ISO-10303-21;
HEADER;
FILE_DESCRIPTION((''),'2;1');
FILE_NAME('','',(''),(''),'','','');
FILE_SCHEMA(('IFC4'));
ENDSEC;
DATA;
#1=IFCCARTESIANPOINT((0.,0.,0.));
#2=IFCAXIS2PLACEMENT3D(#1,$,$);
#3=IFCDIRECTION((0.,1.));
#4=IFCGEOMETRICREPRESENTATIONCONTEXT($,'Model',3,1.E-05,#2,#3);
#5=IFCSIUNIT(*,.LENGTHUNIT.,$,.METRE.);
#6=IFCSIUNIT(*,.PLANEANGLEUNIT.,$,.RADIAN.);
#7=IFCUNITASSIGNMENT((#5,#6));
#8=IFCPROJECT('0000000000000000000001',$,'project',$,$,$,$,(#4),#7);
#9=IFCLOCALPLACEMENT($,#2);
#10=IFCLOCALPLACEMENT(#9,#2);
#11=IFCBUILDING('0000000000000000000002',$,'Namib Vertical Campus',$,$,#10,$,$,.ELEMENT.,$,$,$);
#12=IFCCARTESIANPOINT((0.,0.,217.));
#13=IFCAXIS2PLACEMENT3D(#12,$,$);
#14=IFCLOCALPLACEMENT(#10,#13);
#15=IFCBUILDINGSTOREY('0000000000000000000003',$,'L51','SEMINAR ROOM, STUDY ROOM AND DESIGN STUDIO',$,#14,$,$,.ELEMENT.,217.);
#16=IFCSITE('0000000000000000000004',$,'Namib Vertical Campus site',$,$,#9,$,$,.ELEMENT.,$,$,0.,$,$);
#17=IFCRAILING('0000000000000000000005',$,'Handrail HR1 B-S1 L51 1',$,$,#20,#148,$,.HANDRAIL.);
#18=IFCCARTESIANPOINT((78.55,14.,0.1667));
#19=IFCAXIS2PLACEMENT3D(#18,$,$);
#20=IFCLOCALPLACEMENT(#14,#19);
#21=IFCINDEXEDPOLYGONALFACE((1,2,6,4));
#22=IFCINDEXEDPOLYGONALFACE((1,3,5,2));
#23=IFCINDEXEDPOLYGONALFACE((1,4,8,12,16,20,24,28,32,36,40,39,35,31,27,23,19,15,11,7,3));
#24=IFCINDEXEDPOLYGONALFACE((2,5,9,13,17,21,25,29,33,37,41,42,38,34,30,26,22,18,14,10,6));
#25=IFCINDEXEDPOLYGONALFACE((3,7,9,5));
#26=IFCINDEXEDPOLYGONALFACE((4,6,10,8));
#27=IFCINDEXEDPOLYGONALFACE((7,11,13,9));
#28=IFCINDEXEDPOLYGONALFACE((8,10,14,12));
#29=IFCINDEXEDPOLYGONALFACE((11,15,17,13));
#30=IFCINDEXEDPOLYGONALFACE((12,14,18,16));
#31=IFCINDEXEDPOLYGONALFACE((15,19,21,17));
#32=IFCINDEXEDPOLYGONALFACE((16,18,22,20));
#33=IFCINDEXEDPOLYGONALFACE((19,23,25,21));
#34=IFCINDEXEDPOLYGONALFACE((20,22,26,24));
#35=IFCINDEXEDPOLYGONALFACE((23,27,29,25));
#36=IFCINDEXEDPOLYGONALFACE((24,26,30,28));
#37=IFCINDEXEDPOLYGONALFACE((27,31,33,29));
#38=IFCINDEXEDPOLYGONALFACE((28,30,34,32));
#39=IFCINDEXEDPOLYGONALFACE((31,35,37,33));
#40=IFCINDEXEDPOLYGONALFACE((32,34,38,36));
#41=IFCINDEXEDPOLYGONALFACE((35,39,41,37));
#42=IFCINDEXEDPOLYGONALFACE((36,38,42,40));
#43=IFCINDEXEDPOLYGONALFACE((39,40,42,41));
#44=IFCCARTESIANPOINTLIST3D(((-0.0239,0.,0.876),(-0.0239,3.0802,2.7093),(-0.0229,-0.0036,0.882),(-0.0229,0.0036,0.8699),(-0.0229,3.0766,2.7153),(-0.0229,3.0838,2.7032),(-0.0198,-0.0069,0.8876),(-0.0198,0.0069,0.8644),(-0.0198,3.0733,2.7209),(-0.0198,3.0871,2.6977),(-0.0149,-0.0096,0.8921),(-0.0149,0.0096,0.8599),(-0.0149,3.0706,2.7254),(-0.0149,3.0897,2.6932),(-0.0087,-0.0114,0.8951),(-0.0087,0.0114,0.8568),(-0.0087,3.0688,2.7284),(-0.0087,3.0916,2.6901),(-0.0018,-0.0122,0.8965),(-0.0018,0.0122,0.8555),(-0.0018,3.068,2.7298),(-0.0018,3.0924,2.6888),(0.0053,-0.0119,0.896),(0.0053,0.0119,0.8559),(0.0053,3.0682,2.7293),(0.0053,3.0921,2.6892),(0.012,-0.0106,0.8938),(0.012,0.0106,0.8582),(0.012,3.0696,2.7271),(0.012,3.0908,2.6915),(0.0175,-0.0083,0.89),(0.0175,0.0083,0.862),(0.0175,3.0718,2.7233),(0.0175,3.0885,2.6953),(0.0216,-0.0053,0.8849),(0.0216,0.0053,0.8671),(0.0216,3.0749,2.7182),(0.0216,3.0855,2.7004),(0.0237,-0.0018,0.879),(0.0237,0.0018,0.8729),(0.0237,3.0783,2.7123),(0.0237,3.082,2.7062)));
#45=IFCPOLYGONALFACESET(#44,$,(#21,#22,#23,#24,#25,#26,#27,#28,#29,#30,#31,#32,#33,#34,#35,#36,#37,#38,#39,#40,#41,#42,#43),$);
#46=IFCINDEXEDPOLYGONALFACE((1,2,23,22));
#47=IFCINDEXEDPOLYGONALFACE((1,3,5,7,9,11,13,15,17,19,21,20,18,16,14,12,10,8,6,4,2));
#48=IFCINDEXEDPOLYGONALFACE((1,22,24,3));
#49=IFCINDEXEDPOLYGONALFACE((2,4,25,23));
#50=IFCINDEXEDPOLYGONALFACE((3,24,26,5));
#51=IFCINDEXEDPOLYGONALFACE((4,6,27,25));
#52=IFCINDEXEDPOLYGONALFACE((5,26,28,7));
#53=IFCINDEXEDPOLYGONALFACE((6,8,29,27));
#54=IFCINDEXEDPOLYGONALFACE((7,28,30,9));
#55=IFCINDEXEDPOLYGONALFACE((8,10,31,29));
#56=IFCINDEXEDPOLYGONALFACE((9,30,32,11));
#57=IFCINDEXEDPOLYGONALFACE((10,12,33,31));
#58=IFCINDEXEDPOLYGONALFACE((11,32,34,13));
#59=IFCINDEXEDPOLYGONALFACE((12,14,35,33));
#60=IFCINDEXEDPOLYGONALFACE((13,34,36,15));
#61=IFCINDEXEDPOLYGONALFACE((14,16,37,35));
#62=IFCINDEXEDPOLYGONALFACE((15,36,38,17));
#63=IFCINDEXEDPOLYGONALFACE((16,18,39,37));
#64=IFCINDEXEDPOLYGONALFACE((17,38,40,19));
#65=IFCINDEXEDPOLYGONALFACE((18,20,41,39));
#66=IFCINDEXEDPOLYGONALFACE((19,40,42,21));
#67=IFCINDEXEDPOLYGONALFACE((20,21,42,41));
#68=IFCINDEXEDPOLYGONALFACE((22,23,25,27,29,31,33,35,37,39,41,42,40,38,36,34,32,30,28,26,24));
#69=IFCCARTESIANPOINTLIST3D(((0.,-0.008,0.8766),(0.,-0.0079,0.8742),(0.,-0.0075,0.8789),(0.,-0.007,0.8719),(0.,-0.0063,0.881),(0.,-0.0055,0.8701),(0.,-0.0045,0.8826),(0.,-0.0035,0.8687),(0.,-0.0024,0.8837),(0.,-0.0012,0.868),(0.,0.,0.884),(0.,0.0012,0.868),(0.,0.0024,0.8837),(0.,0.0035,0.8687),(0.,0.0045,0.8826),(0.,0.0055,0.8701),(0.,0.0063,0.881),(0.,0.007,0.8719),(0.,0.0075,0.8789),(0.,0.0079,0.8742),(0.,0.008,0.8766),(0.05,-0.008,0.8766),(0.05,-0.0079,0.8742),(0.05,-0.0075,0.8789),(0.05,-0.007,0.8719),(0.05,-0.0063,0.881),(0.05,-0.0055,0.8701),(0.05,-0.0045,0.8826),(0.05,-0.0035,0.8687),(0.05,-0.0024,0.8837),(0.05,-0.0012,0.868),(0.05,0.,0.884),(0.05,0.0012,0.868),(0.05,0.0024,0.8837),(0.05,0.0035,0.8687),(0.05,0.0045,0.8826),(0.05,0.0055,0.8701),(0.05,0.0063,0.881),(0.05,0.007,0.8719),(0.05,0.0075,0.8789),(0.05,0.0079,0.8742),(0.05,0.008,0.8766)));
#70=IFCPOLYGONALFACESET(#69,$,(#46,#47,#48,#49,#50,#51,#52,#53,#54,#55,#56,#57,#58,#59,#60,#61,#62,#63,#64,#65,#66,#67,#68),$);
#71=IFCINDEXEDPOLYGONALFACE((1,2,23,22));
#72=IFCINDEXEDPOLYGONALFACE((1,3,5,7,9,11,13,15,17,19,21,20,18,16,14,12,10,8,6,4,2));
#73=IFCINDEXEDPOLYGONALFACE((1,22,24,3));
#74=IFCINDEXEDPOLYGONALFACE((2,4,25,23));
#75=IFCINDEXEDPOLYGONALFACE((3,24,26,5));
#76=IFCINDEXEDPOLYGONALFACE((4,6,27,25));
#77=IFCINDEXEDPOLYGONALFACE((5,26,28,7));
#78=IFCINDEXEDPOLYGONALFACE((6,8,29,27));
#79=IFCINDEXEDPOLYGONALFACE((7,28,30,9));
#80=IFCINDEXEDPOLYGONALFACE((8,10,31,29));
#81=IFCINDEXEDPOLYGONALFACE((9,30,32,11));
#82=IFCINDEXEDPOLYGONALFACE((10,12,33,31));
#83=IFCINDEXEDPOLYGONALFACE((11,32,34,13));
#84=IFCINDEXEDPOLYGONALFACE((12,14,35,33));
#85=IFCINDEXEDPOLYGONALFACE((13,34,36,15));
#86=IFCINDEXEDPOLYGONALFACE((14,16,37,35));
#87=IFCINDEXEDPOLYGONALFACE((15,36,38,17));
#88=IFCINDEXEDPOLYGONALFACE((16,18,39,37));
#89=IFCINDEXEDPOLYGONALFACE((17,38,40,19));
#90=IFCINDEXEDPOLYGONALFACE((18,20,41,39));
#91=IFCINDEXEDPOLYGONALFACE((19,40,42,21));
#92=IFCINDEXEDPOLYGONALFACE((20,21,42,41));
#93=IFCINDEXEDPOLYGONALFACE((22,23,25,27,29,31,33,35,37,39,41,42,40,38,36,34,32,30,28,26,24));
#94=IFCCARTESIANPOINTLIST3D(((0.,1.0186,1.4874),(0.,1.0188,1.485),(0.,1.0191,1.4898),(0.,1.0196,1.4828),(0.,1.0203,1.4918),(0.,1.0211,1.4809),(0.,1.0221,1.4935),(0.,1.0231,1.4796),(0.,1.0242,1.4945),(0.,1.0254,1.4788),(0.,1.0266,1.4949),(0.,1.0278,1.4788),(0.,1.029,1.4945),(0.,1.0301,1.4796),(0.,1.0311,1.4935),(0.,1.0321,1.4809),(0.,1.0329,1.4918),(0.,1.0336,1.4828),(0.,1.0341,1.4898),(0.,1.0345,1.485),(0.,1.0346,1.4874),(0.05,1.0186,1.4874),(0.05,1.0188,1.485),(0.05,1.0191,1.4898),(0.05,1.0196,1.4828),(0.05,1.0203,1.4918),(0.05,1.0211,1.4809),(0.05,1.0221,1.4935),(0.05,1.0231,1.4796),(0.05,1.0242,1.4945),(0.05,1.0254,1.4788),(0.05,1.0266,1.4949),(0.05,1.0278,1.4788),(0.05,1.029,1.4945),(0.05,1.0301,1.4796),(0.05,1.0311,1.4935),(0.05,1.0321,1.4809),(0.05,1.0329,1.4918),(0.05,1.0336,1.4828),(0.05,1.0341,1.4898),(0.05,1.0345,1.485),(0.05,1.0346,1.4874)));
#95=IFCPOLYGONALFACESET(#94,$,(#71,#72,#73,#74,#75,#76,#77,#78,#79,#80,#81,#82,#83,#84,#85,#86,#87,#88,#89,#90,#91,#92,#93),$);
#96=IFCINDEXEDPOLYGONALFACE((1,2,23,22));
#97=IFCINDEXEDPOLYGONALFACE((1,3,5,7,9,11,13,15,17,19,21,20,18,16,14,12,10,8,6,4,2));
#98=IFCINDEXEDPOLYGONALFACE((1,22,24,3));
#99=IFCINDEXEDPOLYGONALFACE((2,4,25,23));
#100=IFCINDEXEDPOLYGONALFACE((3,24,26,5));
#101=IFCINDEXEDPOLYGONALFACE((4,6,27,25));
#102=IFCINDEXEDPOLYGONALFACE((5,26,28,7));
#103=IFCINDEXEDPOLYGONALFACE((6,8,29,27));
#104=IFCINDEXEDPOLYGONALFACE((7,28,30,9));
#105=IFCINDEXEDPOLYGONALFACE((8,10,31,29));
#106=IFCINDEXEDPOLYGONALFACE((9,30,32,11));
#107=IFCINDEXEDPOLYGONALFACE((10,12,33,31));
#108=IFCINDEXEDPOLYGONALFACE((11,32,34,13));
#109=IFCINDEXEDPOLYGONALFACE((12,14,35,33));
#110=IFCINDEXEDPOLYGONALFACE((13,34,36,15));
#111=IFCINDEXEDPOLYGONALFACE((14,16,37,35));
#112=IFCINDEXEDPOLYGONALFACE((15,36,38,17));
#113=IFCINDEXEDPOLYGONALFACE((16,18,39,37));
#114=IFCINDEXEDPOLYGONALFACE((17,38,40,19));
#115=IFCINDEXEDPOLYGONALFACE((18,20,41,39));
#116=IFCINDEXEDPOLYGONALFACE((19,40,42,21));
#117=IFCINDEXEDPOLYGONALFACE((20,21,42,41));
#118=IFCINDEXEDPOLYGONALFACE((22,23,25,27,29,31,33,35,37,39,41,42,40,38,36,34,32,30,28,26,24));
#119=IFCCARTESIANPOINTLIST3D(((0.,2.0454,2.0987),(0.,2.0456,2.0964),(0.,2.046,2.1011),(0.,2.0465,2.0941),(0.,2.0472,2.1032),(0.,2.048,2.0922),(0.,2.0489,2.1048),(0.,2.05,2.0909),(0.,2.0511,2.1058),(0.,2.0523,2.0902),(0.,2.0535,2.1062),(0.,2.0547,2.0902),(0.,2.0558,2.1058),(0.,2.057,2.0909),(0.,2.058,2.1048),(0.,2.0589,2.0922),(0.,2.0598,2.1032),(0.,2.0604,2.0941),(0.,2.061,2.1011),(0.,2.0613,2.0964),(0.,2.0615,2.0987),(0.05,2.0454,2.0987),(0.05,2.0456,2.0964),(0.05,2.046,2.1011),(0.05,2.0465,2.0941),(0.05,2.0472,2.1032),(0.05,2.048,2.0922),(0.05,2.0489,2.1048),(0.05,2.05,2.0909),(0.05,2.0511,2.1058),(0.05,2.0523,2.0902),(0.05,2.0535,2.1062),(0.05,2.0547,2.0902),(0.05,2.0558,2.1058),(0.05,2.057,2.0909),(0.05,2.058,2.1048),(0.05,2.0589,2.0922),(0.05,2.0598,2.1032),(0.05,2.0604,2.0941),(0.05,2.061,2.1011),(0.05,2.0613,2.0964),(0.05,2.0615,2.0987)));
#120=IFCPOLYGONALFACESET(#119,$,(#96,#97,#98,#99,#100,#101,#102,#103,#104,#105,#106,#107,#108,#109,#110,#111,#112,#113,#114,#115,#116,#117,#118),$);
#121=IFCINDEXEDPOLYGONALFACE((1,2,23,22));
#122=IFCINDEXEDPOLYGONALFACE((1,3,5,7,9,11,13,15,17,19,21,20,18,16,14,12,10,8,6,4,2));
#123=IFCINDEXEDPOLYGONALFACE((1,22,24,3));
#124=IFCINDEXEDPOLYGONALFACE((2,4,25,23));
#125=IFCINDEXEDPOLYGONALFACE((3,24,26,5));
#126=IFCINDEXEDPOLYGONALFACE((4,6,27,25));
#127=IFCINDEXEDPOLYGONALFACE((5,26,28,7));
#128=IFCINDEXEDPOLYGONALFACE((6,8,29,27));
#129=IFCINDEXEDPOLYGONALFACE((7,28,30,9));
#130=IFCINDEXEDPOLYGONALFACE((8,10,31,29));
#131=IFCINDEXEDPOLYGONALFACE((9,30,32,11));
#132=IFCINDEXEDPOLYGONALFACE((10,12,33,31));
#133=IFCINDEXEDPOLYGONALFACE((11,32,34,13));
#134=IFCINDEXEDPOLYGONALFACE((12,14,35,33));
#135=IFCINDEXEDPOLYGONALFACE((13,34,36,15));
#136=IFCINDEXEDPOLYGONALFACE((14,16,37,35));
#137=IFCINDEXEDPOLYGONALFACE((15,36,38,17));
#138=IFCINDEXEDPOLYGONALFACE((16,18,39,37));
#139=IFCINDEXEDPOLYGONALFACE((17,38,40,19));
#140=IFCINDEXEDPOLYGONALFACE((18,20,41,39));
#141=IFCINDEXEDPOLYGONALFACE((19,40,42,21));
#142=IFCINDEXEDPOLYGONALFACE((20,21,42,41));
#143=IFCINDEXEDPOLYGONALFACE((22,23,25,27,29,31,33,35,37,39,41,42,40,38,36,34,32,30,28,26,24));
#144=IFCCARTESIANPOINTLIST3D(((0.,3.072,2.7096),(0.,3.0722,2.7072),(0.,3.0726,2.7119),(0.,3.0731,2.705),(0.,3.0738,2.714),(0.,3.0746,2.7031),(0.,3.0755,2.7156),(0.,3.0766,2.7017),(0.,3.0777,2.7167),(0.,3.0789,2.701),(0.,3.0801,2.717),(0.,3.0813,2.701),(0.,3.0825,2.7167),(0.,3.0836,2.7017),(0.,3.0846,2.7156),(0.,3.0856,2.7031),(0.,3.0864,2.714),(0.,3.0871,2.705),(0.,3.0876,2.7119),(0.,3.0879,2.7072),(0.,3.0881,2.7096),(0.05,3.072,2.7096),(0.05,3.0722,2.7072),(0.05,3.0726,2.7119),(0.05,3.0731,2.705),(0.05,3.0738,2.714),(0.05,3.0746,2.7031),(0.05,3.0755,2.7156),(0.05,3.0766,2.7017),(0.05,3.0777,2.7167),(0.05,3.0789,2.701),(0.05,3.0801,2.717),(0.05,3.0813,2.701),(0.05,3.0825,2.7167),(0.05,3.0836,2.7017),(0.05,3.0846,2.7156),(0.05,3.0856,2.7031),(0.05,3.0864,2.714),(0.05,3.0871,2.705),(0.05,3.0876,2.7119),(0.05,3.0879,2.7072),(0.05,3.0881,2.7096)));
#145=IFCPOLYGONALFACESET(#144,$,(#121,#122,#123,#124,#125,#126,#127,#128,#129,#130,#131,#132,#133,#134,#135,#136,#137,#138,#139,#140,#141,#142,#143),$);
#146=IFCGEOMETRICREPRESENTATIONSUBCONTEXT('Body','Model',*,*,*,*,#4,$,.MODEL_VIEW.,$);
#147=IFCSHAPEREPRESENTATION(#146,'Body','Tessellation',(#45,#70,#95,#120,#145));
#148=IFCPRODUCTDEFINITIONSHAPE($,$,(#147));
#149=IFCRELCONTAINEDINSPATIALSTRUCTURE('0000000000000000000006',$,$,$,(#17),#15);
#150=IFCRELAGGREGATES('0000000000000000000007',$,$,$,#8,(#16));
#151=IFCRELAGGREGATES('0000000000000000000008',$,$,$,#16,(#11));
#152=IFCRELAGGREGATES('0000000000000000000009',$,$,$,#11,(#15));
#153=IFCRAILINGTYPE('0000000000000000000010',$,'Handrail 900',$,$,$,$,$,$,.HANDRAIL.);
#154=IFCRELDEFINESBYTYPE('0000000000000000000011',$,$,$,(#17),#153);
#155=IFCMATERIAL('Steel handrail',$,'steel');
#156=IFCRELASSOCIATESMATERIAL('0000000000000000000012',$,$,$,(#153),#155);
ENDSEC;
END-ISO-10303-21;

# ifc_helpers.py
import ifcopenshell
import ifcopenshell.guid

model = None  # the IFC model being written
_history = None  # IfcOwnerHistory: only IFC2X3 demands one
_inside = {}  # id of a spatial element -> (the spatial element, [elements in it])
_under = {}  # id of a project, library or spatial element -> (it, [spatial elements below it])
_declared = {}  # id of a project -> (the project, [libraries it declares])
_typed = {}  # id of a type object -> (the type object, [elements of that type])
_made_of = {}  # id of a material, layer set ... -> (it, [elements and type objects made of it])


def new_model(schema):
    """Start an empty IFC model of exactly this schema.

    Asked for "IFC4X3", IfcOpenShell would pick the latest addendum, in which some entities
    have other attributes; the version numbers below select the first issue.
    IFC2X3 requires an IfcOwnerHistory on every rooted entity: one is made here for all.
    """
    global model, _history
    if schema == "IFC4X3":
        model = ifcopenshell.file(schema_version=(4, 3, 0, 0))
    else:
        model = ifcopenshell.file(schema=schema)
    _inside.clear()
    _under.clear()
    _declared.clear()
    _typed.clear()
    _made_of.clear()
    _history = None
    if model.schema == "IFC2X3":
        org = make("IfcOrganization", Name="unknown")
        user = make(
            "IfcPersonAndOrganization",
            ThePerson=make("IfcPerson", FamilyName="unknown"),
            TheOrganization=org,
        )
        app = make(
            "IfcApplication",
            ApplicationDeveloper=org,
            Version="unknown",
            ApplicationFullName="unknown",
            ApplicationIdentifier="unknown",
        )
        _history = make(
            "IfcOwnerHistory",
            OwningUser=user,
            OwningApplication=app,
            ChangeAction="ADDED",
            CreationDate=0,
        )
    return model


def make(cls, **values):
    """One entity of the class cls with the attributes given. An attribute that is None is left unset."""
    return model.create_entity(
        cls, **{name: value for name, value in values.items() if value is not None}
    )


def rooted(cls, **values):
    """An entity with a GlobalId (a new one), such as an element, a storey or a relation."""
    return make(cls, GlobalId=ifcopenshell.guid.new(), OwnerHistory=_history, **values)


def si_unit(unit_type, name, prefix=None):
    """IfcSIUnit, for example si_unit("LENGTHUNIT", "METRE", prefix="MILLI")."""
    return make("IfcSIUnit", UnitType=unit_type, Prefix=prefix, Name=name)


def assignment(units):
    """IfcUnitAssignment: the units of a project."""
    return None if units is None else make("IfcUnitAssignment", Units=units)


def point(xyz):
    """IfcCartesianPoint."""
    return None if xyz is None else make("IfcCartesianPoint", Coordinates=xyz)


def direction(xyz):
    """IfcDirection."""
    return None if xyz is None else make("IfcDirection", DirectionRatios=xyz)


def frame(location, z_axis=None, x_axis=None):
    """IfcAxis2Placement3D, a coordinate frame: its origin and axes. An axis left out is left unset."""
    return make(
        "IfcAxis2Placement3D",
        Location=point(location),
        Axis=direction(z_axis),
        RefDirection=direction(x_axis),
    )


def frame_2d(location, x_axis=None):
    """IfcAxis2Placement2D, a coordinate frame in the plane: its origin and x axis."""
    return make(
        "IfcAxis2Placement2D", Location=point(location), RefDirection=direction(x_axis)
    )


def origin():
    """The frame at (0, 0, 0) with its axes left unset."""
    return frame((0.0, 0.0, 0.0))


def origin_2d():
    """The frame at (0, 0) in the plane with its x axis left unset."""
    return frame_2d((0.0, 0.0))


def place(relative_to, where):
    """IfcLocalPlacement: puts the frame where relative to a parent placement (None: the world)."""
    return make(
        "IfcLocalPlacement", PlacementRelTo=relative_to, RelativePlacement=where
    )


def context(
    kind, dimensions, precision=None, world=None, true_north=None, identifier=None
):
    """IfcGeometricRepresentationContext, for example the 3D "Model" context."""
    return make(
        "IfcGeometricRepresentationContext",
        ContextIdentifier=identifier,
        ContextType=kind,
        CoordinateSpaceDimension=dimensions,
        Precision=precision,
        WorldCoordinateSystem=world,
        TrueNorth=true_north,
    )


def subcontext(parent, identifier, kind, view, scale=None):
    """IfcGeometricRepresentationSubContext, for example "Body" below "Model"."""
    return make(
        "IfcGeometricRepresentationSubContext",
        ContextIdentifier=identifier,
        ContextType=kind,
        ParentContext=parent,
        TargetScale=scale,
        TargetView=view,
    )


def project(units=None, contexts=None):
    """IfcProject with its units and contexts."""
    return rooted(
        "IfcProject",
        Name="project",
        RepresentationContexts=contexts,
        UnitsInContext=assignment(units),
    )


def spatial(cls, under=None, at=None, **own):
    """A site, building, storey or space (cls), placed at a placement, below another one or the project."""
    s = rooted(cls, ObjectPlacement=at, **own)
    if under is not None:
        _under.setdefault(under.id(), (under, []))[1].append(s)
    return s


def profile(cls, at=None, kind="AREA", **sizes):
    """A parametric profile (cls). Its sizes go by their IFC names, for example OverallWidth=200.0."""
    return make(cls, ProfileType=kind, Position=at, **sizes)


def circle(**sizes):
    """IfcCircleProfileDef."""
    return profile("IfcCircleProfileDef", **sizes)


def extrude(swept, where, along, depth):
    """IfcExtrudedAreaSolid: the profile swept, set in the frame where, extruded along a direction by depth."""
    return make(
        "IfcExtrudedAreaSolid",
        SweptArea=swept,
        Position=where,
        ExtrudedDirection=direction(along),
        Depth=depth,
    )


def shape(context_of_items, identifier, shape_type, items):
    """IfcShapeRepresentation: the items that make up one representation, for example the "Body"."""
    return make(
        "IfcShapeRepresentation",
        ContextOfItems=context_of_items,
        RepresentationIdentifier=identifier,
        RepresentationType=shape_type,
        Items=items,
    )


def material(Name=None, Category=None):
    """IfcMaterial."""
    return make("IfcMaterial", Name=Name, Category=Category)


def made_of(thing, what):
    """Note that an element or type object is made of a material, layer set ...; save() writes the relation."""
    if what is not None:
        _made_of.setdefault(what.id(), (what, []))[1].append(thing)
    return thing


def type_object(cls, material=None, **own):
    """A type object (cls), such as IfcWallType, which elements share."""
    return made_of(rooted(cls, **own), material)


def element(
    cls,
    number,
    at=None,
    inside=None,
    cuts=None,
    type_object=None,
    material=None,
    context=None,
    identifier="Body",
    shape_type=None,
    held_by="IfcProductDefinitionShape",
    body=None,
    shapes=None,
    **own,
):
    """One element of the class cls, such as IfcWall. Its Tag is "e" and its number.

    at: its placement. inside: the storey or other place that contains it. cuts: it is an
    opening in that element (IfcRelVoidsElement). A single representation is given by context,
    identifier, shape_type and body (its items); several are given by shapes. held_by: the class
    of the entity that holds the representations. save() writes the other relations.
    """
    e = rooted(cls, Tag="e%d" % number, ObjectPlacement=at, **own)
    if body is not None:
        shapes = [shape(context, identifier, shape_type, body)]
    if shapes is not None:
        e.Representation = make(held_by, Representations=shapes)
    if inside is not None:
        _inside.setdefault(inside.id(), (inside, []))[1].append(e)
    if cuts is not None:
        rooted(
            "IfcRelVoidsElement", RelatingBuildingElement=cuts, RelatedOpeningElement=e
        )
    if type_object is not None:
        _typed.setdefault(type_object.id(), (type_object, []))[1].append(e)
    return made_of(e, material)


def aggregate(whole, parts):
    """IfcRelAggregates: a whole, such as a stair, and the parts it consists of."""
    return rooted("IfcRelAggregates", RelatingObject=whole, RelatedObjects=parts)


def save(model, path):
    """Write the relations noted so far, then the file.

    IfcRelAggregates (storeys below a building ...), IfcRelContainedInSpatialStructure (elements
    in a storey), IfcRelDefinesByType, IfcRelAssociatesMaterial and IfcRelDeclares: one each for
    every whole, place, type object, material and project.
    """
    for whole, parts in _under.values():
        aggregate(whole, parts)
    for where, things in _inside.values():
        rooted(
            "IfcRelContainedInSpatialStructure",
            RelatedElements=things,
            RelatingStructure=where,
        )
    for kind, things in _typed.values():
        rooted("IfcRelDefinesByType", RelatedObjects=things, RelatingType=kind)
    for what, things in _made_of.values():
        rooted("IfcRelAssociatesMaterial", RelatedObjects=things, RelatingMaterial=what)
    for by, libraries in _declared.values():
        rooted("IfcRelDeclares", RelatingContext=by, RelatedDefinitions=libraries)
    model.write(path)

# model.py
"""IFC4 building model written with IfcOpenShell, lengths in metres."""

from ifc_helpers import new_model, si_unit, direction, frame, origin, origin_2d, place, context, subcontext, project, spatial, circle, extrude, material, type_object, element, save


model = new_model("IFC4")

# Units and contexts
model_context = context("Model", 3, precision=1e-05, world=origin(), true_north=direction((0.0, 1.0)))
body_context = subcontext(model_context, "Body", "Model", "MODEL_VIEW")
ifc_project = project(units=[si_unit("LENGTHUNIT", "METRE"), si_unit("PLANEANGLEUNIT", "RADIAN")], contexts=[model_context])

# Site, building, storey
site_placement = place(None, origin())
site = spatial("IfcSite", under=ifc_project, at=site_placement, Name="Namib Vertical Campus site", CompositionType="ELEMENT", RefElevation=0.0)
building_placement = place(site_placement, origin())
building = spatial("IfcBuilding", under=site, at=building_placement, Name="Namib Vertical Campus", CompositionType="ELEMENT")
storey_placement = place(building_placement, frame((0.0, 0.0, 217.0)))
storey = spatial("IfcBuildingStorey", under=building, at=storey_placement, Name="L51", Description="SEMINAR ROOM, STUDY ROOM AND DESIGN STUDIO", CompositionType="ELEMENT", Elevation=217.0)

# Railing
ifc_material_1 = material(Name="Steel handrail", Category="steel")
railing_type_1 = type_object("IfcRailingType", Name="Handrail 900", PredefinedType="HANDRAIL", material=ifc_material_1)
railing_1_placement = place(storey_placement, frame((78.55, 14.0, 0.1667)))
element("IfcRailing", 1, at=railing_1_placement, inside=storey, type_object=railing_type_1, Name="Handrail HR1 B-S1 L51 1", PredefinedType="HANDRAIL", context=body_context, shape_type="SweptSolid", body=[
    extrude(circle(Radius=0.0239, at=origin_2d()), frame((0.0, 0.0, 0.876), z_axis=(0.0, 0.859309, 0.511458), x_axis=(-1.0, 0.0, 0.0)), (0.0, 0.0, 1.0), 3.5845),
    extrude(circle(Radius=0.0081, at=origin_2d()), frame((0.0, 0.0, 0.876), z_axis=(1.0, 0.0, 0.0), x_axis=(0.0, 0.0, 1.0)), (0.0, 0.0, 1.0), 0.05),
    extrude(circle(Radius=0.0081, at=origin_2d()), frame((0.0, 1.0266, 1.4868), z_axis=(1.0, 0.0, 0.0), x_axis=(0.0, 0.0, 1.0)), (0.0, 0.0, 1.0), 0.05),
    extrude(circle(Radius=0.0081, at=origin_2d()), frame((0.0, 2.0535, 2.0981), z_axis=(1.0, 0.0, 0.0), x_axis=(0.0, 0.0, 1.0)), (0.0, 0.0, 1.0), 0.05),
    extrude(circle(Radius=0.0081, at=origin_2d()), frame((0.0, 3.0801, 2.709), z_axis=(1.0, 0.0, 0.0), x_axis=(0.0, 0.0, 1.0)), (0.0, 0.0, 1.0), 0.05),
])

save(model, "model.ifc")
